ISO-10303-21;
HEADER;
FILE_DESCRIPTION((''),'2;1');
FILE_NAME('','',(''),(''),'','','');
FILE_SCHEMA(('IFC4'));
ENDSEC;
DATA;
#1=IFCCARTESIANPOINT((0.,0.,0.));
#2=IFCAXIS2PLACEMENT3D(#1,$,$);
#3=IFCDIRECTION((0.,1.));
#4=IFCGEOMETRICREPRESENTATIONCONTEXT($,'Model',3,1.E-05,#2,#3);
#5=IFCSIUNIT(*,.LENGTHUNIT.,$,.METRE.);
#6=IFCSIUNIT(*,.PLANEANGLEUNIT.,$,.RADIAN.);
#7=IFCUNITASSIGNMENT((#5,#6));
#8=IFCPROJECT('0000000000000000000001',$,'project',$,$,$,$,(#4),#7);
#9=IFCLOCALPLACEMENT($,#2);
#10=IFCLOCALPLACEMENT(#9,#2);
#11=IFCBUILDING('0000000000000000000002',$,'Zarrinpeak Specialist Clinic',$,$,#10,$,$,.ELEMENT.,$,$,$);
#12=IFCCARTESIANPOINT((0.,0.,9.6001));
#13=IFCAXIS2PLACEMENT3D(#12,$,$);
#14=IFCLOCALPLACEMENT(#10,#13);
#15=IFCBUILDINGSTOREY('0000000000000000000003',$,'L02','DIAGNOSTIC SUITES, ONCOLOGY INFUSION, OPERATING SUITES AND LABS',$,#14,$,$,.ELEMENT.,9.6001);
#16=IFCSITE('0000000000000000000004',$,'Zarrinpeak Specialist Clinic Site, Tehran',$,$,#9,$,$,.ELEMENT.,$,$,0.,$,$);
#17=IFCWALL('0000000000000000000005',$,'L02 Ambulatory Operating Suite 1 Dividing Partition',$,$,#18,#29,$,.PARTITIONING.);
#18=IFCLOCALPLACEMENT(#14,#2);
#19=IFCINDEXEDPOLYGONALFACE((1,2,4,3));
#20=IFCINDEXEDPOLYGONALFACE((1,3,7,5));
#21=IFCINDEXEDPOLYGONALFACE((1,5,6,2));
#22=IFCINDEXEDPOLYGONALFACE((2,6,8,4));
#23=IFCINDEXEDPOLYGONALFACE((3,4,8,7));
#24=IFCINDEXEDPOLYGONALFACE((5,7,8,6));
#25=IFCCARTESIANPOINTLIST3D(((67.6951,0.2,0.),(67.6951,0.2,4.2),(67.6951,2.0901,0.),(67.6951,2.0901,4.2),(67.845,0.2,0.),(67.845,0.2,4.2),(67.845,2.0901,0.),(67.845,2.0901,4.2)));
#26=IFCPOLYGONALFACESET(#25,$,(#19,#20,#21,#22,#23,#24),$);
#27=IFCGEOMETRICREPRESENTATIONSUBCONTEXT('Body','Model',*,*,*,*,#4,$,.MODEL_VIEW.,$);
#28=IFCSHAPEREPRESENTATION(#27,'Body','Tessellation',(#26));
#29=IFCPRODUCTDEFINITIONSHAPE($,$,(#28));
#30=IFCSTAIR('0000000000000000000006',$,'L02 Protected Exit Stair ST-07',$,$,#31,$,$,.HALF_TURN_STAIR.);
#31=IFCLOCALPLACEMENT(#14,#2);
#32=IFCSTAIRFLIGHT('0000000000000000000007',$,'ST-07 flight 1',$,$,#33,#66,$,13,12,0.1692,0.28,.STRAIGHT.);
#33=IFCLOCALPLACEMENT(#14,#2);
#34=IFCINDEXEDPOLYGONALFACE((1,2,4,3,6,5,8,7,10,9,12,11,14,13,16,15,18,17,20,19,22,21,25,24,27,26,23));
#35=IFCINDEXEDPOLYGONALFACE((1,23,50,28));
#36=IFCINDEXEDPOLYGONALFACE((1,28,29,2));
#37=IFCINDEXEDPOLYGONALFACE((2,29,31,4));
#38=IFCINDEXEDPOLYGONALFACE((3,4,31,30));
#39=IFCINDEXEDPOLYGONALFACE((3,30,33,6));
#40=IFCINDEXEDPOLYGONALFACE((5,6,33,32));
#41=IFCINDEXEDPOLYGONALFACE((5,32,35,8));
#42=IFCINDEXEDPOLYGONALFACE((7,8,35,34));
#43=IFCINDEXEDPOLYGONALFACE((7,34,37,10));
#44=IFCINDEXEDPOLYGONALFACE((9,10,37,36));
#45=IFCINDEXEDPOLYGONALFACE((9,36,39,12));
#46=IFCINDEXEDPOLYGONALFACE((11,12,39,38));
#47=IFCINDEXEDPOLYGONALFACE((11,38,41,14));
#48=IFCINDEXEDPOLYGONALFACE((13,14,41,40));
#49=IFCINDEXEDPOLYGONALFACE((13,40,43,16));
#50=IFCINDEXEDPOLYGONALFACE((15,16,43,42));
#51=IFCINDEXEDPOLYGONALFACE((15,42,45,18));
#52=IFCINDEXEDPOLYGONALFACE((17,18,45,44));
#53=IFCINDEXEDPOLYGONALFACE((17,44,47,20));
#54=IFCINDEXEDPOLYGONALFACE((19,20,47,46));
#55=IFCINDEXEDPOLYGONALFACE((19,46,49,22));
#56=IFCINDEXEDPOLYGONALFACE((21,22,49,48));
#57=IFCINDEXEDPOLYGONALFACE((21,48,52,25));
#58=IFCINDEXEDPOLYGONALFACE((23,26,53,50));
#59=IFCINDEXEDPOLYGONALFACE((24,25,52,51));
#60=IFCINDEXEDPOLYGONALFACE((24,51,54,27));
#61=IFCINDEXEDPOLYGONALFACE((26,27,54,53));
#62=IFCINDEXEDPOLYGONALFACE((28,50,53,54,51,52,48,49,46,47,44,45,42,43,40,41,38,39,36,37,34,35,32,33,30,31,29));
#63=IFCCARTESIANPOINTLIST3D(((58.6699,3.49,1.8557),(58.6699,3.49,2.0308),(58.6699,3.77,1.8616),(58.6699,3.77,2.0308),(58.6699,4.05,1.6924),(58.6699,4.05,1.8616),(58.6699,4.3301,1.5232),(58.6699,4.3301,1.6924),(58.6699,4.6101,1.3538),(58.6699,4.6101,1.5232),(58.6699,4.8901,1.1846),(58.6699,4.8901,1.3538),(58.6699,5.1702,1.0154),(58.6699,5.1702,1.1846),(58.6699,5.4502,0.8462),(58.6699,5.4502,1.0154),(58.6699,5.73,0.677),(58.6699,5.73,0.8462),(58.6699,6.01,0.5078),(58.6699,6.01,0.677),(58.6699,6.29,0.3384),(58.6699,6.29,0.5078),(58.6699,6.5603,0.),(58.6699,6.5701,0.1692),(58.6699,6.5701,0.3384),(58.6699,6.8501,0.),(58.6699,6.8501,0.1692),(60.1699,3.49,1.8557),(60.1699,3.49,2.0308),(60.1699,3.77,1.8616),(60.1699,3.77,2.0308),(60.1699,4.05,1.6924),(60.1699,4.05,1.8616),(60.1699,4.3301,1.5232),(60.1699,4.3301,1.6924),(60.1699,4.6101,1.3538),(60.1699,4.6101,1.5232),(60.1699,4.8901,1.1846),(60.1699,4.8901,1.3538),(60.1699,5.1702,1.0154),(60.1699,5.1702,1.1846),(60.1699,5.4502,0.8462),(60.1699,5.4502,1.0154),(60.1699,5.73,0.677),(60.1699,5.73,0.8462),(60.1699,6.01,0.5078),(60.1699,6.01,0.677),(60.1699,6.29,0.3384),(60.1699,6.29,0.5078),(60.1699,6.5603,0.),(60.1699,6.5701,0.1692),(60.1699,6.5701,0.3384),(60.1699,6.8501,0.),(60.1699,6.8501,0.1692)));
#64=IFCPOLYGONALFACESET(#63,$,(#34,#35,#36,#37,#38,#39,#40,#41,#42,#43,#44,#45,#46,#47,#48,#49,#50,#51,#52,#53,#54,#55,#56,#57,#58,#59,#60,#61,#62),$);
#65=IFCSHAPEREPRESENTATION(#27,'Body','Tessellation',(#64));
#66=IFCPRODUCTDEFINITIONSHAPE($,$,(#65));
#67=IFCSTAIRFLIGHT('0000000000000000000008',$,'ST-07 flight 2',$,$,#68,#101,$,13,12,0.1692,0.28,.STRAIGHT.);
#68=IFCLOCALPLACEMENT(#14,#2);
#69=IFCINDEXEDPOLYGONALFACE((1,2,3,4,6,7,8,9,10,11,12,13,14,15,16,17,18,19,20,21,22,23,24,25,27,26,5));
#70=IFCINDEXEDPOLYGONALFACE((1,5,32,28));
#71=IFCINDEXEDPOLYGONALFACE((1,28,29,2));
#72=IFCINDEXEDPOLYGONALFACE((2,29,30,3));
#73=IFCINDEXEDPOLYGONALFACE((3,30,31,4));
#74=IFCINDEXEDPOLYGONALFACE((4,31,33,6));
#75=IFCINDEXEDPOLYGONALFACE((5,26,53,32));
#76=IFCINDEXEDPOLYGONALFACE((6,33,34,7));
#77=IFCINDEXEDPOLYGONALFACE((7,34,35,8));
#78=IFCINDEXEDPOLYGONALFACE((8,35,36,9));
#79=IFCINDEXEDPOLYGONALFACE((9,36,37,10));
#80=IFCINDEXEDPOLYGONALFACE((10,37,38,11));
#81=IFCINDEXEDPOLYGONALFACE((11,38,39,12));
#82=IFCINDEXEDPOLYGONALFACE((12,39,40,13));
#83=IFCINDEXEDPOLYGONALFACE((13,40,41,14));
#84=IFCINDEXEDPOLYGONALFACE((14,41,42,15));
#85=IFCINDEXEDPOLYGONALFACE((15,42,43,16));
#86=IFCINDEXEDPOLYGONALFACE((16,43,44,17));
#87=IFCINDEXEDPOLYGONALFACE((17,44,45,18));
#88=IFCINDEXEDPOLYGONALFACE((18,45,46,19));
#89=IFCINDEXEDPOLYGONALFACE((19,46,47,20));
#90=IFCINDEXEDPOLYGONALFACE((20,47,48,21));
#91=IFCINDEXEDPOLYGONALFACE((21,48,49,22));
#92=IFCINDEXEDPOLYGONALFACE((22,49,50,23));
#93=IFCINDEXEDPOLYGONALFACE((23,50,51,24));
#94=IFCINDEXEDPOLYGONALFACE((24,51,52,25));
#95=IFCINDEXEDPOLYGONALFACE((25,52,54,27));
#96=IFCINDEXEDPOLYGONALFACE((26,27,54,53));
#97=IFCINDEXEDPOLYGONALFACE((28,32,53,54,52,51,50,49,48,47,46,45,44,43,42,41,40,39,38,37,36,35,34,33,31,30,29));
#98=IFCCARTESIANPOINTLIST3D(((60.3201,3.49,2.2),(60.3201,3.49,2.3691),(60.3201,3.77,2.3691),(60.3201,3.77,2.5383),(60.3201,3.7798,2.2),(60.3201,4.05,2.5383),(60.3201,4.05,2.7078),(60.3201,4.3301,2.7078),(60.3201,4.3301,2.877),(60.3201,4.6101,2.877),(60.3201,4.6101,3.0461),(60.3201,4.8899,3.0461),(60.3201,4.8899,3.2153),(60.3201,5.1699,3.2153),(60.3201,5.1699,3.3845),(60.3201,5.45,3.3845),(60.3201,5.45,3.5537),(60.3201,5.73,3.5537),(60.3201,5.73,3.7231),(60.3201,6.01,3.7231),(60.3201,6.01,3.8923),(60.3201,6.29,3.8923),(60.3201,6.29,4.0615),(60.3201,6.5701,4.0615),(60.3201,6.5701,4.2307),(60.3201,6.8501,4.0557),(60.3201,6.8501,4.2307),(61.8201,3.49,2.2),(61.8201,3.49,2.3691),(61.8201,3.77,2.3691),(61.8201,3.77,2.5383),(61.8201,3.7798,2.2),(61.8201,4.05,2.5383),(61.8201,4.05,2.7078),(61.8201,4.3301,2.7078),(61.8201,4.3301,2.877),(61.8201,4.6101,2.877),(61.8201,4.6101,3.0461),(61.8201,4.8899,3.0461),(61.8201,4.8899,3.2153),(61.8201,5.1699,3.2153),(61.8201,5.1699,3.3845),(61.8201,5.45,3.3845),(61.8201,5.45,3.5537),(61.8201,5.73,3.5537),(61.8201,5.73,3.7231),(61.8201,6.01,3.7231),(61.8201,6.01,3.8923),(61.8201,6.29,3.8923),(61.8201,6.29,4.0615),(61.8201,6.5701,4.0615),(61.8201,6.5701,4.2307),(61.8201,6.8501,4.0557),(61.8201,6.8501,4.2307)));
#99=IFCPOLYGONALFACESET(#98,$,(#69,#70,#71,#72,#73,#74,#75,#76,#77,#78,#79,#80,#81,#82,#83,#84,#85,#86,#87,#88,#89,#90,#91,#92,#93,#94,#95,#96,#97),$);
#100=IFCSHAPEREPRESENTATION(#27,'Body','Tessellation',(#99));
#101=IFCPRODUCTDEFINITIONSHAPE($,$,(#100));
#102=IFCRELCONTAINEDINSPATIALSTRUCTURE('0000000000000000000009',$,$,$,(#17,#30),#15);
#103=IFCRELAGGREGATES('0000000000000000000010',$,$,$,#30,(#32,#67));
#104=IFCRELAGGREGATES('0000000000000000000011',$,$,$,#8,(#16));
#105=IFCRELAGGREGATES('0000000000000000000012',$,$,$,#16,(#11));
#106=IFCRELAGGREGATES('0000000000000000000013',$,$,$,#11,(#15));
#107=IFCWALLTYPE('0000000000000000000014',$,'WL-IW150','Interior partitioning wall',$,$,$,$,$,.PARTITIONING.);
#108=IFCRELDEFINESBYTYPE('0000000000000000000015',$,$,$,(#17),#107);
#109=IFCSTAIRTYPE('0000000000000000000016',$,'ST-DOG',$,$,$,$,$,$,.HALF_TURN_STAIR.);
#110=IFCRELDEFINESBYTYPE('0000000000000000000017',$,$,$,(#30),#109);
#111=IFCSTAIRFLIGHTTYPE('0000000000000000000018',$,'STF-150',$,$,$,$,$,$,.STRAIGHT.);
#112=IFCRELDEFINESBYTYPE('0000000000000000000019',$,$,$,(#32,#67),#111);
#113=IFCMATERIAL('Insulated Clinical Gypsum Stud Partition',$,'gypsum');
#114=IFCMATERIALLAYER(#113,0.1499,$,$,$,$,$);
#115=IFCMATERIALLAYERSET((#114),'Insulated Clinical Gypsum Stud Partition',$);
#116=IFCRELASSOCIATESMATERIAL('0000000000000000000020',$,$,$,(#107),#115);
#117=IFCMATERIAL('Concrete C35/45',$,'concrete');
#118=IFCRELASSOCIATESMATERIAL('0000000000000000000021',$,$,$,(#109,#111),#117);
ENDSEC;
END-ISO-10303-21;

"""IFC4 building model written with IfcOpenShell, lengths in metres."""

from ifc_helpers import new_model, si_unit, direction, frame, frame_2d, origin, place, context, subcontext, project, spatial, polyline, rectangle, outline, extrude, material, layer, layer_set, type_object, element, aggregate, save


model = new_model("IFC4")

# Units and contexts
model_context = context("Model", 3, precision=1e-05, world=origin(), true_north=direction((0.0, 1.0)))
body_context = subcontext(model_context, "Body", "Model", "MODEL_VIEW")
ifc_project = project(units=[si_unit("LENGTHUNIT", "METRE"), si_unit("PLANEANGLEUNIT", "RADIAN")], contexts=[model_context])

# Site, building, storey
site_placement = place(None, origin())
site = spatial("IfcSite", under=ifc_project, at=site_placement, Name="Zarrinpeak Specialist Clinic Site, Tehran", CompositionType="ELEMENT", RefElevation=0.0)
building_placement = place(site_placement, origin())
building = spatial("IfcBuilding", under=site, at=building_placement, Name="Zarrinpeak Specialist Clinic", CompositionType="ELEMENT")
storey_placement = place(building_placement, frame((0.0, 0.0, 9.6001)))
storey = spatial("IfcBuildingStorey", under=building, at=storey_placement, Name="L02", Description="DIAGNOSTIC SUITES, ONCOLOGY INFUSION, OPERATING SUITES AND LABS", CompositionType="ELEMENT", Elevation=9.6001)

# Wall
ifc_material_1 = material(Name="Insulated Clinical Gypsum Stud Partition", Category="gypsum")
ifc_layer_1 = layer(ifc_material_1, 0.1499)
ifc_layer_set_1 = layer_set([ifc_layer_1], Name="Insulated Clinical Gypsum Stud Partition")
wall_type_1 = type_object("IfcWallType", Name="WL-IW150", Description="Interior partitioning wall", PredefinedType="PARTITIONING", material=ifc_layer_set_1)
wall_1_placement = place(storey_placement, frame((67.77, 0.2, 0.0), z_axis=(0.0, 0.0, 1.0), x_axis=(0.0, 1.0, 0.0)))
element("IfcWall", 1, at=wall_1_placement, inside=storey, type_object=wall_type_1, Name="L02 Ambulatory Operating Suite 1 Dividing Partition", PredefinedType="PARTITIONING", context=body_context, shape_type="SweptSolid", body=[
    extrude(rectangle(XDim=1.8901, YDim=0.1499, at=frame_2d((0.9451, 0.0))), origin(), (0.0, 0.0, 1.0), 4.2),
])

# Stair, stair flights
ifc_material_2 = material(Name="Concrete C35/45", Category="concrete")
stair_type = type_object("IfcStairType", Name="ST-DOG", PredefinedType="HALF_TURN_STAIR", material=ifc_material_2)
stair_placement = place(storey_placement, origin())
stair = element("IfcStair", 2, at=stair_placement, inside=storey, type_object=stair_type, Name="L02 Protected Exit Stair ST-07", PredefinedType="HALF_TURN_STAIR")
stair_flight_type = type_object("IfcStairFlightType", Name="STF-150", PredefinedType="STRAIGHT", material=ifc_material_2)
stair_flight_1_placement = place(storey_placement, frame((59.4199, 6.8501, 0.0), z_axis=(0.0, 0.0, 1.0), x_axis=(0.0, -1.0, 0.0)))
stair_flight_1 = element("IfcStairFlight", 3, at=stair_flight_1_placement, type_object=stair_flight_type, Name="ST-07 flight 1", NumberOfRisers=13, NumberOfTreads=12, PredefinedType="STRAIGHT", RiserHeight=0.1692, TreadLength=0.28, context=body_context, shape_type="SweptSolid", body=[
    extrude(outline(polyline([(0.0, 0.0), (0.0, 0.1692), (0.28, 0.1692), (0.28, 0.3384), (0.5601, 0.3384), (0.5601, 0.5078), (0.8401, 0.5078), (0.8401, 0.677), (1.1201, 0.677), (1.1201, 0.8462), (1.3999, 0.8462), (1.3999, 1.0154), (1.6799, 1.0154), (1.6799, 1.1846), (1.96, 1.1846), (1.96, 1.3538), (2.24, 1.3538), (2.24, 1.5232), (2.52, 1.5232), (2.52, 1.6924), (2.8, 1.6924), (2.8, 1.8616), (3.0801, 1.8616), (3.0801, 2.0308), (3.3601, 2.0308), (3.3601, 2.2), (3.3601, 1.8557), (0.2898, 0.0), (0.0, 0.0)])), frame((0.0, 0.75, 0.0), z_axis=(0.0, -1.0, 0.0), x_axis=(1.0, 0.0, 0.0)), (0.0, 0.0, 1.0), 1.5),
])
stair_flight_2_placement = place(storey_placement, frame((61.0701, 3.49, 2.2), z_axis=(0.0, 0.0, 1.0), x_axis=(0.0, 1.0, 0.0)))
stair_flight_2 = element("IfcStairFlight", 4, at=stair_flight_2_placement, type_object=stair_flight_type, Name="ST-07 flight 2", NumberOfRisers=13, NumberOfTreads=12, PredefinedType="STRAIGHT", RiserHeight=0.1692, TreadLength=0.28, context=body_context, shape_type="SweptSolid", body=[
    extrude(outline(polyline([(0.0, 0.0), (0.0, 0.1692), (0.28, 0.1692), (0.28, 0.3384), (0.5601, 0.3384), (0.5601, 0.5078), (0.8401, 0.5078), (0.8401, 0.677), (1.1201, 0.677), (1.1201, 0.8462), (1.3999, 0.8462), (1.3999, 1.0154), (1.6799, 1.0154), (1.6799, 1.1846), (1.96, 1.1846), (1.96, 1.3538), (2.24, 1.3538), (2.24, 1.5232), (2.52, 1.5232), (2.52, 1.6924), (2.8, 1.6924), (2.8, 1.8616), (3.0801, 1.8616), (3.0801, 2.0308), (3.3601, 2.0308), (3.3601, 2.2), (3.3601, 1.8557), (0.2898, 0.0), (0.0, 0.0)])), frame((0.0, 0.75, 0.0), z_axis=(0.0, -1.0, 0.0), x_axis=(1.0, 0.0, 0.0)), (0.0, 0.0, 1.0), 1.5),
])
aggregate(stair, [stair_flight_1, stair_flight_2])

save(model, "model.ifc")
